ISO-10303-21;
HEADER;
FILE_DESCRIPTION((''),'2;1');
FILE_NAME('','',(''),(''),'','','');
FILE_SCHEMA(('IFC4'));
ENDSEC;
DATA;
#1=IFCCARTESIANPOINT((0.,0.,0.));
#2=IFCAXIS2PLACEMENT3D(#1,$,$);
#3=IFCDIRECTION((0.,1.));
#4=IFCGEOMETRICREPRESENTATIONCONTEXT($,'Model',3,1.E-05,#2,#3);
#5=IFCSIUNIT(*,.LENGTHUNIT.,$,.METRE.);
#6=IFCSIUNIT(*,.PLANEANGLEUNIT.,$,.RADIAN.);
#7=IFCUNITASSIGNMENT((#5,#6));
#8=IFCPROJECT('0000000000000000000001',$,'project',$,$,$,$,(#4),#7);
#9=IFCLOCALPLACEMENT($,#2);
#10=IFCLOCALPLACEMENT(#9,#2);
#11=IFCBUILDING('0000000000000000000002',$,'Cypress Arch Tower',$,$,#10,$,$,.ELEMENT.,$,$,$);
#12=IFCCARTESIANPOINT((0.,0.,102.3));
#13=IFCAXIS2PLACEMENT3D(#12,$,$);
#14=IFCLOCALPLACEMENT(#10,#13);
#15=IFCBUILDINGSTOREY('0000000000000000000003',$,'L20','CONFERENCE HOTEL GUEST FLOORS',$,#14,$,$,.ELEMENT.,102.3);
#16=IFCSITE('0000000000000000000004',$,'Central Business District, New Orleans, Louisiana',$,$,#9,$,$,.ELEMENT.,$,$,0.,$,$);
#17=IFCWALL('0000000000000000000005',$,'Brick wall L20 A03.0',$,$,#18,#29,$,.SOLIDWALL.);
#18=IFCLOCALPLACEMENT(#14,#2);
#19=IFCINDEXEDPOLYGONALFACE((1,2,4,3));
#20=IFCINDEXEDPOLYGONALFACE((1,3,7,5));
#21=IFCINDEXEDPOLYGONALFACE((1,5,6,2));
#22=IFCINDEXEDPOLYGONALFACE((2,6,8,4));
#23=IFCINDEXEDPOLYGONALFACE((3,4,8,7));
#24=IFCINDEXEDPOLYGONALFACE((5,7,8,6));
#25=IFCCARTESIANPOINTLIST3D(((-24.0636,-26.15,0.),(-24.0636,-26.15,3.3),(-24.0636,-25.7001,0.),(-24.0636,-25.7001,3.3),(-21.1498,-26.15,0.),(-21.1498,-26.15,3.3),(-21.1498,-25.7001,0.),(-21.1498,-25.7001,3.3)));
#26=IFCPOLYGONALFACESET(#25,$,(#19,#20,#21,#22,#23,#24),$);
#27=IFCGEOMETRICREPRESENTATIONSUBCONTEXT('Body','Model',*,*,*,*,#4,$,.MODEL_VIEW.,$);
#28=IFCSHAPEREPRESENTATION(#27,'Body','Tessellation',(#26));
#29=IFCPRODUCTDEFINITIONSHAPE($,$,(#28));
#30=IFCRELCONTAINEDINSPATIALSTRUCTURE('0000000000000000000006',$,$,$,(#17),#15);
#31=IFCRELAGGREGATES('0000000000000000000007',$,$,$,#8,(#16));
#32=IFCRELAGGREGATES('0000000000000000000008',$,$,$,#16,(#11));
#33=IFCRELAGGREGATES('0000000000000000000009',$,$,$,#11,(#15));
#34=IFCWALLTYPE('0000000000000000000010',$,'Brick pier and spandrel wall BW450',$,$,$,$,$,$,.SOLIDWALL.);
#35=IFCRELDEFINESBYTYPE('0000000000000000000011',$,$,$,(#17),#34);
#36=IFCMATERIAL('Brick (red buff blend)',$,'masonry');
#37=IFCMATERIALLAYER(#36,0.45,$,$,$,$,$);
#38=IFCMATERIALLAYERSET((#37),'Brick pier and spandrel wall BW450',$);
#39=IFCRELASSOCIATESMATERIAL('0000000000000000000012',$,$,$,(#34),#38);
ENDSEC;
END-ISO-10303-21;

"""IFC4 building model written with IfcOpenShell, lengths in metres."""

from ifc_helpers import new_model, si_unit, direction, frame, frame_2d, origin, place, context, subcontext, project, spatial, rectangle, extrude, material, layer, layer_set, type_object, element, save


model = new_model("IFC4")

# Units and contexts
model_context = context("Model", 3, precision=1e-05, world=origin(), true_north=direction((0.0, 1.0)))
body_context = subcontext(model_context, "Body", "Model", "MODEL_VIEW")
ifc_project = project(units=[si_unit("LENGTHUNIT", "METRE"), si_unit("PLANEANGLEUNIT", "RADIAN")], contexts=[model_context])

# Site, building, storey
site_placement = place(None, origin())
site = spatial("IfcSite", under=ifc_project, at=site_placement, Name="Central Business District, New Orleans, Louisiana", CompositionType="ELEMENT", RefElevation=0.0)
building_placement = place(site_placement, origin())
building = spatial("IfcBuilding", under=site, at=building_placement, Name="Cypress Arch Tower", CompositionType="ELEMENT")
storey_placement = place(building_placement, frame((0.0, 0.0, 102.3)))
storey = spatial("IfcBuildingStorey", under=building, at=storey_placement, Name="L20", Description="CONFERENCE HOTEL GUEST FLOORS", CompositionType="ELEMENT", Elevation=102.3)

# Shared definitions
ifc_material_1 = material(Name="Brick (red buff blend)", Category="masonry")
ifc_layer = layer(ifc_material_1, 0.45)
ifc_layer_set = layer_set([ifc_layer], Name="Brick pier and spandrel wall BW450")
wall_type = type_object("IfcWallType", Name="Brick pier and spandrel wall BW450", PredefinedType="SOLIDWALL", material=ifc_layer_set)

# Wall
wall_1_placement = place(storey_placement, frame((-24.0637, -25.925, 0.0), z_axis=(0.0, 0.0, 1.0), x_axis=(1.0, 0.0, 0.0)))
element("IfcWall", 1, at=wall_1_placement, inside=storey, type_object=wall_type, Name="Brick wall L20 A03.0", PredefinedType="SOLIDWALL", context=body_context, shape_type="SweptSolid", body=[
    extrude(rectangle(XDim=2.9138, YDim=0.45, at=frame_2d((1.457, 0.0))), origin(), (0.0, 0.0, 1.0), 3.3),
])

save(model, "model.ifc")
